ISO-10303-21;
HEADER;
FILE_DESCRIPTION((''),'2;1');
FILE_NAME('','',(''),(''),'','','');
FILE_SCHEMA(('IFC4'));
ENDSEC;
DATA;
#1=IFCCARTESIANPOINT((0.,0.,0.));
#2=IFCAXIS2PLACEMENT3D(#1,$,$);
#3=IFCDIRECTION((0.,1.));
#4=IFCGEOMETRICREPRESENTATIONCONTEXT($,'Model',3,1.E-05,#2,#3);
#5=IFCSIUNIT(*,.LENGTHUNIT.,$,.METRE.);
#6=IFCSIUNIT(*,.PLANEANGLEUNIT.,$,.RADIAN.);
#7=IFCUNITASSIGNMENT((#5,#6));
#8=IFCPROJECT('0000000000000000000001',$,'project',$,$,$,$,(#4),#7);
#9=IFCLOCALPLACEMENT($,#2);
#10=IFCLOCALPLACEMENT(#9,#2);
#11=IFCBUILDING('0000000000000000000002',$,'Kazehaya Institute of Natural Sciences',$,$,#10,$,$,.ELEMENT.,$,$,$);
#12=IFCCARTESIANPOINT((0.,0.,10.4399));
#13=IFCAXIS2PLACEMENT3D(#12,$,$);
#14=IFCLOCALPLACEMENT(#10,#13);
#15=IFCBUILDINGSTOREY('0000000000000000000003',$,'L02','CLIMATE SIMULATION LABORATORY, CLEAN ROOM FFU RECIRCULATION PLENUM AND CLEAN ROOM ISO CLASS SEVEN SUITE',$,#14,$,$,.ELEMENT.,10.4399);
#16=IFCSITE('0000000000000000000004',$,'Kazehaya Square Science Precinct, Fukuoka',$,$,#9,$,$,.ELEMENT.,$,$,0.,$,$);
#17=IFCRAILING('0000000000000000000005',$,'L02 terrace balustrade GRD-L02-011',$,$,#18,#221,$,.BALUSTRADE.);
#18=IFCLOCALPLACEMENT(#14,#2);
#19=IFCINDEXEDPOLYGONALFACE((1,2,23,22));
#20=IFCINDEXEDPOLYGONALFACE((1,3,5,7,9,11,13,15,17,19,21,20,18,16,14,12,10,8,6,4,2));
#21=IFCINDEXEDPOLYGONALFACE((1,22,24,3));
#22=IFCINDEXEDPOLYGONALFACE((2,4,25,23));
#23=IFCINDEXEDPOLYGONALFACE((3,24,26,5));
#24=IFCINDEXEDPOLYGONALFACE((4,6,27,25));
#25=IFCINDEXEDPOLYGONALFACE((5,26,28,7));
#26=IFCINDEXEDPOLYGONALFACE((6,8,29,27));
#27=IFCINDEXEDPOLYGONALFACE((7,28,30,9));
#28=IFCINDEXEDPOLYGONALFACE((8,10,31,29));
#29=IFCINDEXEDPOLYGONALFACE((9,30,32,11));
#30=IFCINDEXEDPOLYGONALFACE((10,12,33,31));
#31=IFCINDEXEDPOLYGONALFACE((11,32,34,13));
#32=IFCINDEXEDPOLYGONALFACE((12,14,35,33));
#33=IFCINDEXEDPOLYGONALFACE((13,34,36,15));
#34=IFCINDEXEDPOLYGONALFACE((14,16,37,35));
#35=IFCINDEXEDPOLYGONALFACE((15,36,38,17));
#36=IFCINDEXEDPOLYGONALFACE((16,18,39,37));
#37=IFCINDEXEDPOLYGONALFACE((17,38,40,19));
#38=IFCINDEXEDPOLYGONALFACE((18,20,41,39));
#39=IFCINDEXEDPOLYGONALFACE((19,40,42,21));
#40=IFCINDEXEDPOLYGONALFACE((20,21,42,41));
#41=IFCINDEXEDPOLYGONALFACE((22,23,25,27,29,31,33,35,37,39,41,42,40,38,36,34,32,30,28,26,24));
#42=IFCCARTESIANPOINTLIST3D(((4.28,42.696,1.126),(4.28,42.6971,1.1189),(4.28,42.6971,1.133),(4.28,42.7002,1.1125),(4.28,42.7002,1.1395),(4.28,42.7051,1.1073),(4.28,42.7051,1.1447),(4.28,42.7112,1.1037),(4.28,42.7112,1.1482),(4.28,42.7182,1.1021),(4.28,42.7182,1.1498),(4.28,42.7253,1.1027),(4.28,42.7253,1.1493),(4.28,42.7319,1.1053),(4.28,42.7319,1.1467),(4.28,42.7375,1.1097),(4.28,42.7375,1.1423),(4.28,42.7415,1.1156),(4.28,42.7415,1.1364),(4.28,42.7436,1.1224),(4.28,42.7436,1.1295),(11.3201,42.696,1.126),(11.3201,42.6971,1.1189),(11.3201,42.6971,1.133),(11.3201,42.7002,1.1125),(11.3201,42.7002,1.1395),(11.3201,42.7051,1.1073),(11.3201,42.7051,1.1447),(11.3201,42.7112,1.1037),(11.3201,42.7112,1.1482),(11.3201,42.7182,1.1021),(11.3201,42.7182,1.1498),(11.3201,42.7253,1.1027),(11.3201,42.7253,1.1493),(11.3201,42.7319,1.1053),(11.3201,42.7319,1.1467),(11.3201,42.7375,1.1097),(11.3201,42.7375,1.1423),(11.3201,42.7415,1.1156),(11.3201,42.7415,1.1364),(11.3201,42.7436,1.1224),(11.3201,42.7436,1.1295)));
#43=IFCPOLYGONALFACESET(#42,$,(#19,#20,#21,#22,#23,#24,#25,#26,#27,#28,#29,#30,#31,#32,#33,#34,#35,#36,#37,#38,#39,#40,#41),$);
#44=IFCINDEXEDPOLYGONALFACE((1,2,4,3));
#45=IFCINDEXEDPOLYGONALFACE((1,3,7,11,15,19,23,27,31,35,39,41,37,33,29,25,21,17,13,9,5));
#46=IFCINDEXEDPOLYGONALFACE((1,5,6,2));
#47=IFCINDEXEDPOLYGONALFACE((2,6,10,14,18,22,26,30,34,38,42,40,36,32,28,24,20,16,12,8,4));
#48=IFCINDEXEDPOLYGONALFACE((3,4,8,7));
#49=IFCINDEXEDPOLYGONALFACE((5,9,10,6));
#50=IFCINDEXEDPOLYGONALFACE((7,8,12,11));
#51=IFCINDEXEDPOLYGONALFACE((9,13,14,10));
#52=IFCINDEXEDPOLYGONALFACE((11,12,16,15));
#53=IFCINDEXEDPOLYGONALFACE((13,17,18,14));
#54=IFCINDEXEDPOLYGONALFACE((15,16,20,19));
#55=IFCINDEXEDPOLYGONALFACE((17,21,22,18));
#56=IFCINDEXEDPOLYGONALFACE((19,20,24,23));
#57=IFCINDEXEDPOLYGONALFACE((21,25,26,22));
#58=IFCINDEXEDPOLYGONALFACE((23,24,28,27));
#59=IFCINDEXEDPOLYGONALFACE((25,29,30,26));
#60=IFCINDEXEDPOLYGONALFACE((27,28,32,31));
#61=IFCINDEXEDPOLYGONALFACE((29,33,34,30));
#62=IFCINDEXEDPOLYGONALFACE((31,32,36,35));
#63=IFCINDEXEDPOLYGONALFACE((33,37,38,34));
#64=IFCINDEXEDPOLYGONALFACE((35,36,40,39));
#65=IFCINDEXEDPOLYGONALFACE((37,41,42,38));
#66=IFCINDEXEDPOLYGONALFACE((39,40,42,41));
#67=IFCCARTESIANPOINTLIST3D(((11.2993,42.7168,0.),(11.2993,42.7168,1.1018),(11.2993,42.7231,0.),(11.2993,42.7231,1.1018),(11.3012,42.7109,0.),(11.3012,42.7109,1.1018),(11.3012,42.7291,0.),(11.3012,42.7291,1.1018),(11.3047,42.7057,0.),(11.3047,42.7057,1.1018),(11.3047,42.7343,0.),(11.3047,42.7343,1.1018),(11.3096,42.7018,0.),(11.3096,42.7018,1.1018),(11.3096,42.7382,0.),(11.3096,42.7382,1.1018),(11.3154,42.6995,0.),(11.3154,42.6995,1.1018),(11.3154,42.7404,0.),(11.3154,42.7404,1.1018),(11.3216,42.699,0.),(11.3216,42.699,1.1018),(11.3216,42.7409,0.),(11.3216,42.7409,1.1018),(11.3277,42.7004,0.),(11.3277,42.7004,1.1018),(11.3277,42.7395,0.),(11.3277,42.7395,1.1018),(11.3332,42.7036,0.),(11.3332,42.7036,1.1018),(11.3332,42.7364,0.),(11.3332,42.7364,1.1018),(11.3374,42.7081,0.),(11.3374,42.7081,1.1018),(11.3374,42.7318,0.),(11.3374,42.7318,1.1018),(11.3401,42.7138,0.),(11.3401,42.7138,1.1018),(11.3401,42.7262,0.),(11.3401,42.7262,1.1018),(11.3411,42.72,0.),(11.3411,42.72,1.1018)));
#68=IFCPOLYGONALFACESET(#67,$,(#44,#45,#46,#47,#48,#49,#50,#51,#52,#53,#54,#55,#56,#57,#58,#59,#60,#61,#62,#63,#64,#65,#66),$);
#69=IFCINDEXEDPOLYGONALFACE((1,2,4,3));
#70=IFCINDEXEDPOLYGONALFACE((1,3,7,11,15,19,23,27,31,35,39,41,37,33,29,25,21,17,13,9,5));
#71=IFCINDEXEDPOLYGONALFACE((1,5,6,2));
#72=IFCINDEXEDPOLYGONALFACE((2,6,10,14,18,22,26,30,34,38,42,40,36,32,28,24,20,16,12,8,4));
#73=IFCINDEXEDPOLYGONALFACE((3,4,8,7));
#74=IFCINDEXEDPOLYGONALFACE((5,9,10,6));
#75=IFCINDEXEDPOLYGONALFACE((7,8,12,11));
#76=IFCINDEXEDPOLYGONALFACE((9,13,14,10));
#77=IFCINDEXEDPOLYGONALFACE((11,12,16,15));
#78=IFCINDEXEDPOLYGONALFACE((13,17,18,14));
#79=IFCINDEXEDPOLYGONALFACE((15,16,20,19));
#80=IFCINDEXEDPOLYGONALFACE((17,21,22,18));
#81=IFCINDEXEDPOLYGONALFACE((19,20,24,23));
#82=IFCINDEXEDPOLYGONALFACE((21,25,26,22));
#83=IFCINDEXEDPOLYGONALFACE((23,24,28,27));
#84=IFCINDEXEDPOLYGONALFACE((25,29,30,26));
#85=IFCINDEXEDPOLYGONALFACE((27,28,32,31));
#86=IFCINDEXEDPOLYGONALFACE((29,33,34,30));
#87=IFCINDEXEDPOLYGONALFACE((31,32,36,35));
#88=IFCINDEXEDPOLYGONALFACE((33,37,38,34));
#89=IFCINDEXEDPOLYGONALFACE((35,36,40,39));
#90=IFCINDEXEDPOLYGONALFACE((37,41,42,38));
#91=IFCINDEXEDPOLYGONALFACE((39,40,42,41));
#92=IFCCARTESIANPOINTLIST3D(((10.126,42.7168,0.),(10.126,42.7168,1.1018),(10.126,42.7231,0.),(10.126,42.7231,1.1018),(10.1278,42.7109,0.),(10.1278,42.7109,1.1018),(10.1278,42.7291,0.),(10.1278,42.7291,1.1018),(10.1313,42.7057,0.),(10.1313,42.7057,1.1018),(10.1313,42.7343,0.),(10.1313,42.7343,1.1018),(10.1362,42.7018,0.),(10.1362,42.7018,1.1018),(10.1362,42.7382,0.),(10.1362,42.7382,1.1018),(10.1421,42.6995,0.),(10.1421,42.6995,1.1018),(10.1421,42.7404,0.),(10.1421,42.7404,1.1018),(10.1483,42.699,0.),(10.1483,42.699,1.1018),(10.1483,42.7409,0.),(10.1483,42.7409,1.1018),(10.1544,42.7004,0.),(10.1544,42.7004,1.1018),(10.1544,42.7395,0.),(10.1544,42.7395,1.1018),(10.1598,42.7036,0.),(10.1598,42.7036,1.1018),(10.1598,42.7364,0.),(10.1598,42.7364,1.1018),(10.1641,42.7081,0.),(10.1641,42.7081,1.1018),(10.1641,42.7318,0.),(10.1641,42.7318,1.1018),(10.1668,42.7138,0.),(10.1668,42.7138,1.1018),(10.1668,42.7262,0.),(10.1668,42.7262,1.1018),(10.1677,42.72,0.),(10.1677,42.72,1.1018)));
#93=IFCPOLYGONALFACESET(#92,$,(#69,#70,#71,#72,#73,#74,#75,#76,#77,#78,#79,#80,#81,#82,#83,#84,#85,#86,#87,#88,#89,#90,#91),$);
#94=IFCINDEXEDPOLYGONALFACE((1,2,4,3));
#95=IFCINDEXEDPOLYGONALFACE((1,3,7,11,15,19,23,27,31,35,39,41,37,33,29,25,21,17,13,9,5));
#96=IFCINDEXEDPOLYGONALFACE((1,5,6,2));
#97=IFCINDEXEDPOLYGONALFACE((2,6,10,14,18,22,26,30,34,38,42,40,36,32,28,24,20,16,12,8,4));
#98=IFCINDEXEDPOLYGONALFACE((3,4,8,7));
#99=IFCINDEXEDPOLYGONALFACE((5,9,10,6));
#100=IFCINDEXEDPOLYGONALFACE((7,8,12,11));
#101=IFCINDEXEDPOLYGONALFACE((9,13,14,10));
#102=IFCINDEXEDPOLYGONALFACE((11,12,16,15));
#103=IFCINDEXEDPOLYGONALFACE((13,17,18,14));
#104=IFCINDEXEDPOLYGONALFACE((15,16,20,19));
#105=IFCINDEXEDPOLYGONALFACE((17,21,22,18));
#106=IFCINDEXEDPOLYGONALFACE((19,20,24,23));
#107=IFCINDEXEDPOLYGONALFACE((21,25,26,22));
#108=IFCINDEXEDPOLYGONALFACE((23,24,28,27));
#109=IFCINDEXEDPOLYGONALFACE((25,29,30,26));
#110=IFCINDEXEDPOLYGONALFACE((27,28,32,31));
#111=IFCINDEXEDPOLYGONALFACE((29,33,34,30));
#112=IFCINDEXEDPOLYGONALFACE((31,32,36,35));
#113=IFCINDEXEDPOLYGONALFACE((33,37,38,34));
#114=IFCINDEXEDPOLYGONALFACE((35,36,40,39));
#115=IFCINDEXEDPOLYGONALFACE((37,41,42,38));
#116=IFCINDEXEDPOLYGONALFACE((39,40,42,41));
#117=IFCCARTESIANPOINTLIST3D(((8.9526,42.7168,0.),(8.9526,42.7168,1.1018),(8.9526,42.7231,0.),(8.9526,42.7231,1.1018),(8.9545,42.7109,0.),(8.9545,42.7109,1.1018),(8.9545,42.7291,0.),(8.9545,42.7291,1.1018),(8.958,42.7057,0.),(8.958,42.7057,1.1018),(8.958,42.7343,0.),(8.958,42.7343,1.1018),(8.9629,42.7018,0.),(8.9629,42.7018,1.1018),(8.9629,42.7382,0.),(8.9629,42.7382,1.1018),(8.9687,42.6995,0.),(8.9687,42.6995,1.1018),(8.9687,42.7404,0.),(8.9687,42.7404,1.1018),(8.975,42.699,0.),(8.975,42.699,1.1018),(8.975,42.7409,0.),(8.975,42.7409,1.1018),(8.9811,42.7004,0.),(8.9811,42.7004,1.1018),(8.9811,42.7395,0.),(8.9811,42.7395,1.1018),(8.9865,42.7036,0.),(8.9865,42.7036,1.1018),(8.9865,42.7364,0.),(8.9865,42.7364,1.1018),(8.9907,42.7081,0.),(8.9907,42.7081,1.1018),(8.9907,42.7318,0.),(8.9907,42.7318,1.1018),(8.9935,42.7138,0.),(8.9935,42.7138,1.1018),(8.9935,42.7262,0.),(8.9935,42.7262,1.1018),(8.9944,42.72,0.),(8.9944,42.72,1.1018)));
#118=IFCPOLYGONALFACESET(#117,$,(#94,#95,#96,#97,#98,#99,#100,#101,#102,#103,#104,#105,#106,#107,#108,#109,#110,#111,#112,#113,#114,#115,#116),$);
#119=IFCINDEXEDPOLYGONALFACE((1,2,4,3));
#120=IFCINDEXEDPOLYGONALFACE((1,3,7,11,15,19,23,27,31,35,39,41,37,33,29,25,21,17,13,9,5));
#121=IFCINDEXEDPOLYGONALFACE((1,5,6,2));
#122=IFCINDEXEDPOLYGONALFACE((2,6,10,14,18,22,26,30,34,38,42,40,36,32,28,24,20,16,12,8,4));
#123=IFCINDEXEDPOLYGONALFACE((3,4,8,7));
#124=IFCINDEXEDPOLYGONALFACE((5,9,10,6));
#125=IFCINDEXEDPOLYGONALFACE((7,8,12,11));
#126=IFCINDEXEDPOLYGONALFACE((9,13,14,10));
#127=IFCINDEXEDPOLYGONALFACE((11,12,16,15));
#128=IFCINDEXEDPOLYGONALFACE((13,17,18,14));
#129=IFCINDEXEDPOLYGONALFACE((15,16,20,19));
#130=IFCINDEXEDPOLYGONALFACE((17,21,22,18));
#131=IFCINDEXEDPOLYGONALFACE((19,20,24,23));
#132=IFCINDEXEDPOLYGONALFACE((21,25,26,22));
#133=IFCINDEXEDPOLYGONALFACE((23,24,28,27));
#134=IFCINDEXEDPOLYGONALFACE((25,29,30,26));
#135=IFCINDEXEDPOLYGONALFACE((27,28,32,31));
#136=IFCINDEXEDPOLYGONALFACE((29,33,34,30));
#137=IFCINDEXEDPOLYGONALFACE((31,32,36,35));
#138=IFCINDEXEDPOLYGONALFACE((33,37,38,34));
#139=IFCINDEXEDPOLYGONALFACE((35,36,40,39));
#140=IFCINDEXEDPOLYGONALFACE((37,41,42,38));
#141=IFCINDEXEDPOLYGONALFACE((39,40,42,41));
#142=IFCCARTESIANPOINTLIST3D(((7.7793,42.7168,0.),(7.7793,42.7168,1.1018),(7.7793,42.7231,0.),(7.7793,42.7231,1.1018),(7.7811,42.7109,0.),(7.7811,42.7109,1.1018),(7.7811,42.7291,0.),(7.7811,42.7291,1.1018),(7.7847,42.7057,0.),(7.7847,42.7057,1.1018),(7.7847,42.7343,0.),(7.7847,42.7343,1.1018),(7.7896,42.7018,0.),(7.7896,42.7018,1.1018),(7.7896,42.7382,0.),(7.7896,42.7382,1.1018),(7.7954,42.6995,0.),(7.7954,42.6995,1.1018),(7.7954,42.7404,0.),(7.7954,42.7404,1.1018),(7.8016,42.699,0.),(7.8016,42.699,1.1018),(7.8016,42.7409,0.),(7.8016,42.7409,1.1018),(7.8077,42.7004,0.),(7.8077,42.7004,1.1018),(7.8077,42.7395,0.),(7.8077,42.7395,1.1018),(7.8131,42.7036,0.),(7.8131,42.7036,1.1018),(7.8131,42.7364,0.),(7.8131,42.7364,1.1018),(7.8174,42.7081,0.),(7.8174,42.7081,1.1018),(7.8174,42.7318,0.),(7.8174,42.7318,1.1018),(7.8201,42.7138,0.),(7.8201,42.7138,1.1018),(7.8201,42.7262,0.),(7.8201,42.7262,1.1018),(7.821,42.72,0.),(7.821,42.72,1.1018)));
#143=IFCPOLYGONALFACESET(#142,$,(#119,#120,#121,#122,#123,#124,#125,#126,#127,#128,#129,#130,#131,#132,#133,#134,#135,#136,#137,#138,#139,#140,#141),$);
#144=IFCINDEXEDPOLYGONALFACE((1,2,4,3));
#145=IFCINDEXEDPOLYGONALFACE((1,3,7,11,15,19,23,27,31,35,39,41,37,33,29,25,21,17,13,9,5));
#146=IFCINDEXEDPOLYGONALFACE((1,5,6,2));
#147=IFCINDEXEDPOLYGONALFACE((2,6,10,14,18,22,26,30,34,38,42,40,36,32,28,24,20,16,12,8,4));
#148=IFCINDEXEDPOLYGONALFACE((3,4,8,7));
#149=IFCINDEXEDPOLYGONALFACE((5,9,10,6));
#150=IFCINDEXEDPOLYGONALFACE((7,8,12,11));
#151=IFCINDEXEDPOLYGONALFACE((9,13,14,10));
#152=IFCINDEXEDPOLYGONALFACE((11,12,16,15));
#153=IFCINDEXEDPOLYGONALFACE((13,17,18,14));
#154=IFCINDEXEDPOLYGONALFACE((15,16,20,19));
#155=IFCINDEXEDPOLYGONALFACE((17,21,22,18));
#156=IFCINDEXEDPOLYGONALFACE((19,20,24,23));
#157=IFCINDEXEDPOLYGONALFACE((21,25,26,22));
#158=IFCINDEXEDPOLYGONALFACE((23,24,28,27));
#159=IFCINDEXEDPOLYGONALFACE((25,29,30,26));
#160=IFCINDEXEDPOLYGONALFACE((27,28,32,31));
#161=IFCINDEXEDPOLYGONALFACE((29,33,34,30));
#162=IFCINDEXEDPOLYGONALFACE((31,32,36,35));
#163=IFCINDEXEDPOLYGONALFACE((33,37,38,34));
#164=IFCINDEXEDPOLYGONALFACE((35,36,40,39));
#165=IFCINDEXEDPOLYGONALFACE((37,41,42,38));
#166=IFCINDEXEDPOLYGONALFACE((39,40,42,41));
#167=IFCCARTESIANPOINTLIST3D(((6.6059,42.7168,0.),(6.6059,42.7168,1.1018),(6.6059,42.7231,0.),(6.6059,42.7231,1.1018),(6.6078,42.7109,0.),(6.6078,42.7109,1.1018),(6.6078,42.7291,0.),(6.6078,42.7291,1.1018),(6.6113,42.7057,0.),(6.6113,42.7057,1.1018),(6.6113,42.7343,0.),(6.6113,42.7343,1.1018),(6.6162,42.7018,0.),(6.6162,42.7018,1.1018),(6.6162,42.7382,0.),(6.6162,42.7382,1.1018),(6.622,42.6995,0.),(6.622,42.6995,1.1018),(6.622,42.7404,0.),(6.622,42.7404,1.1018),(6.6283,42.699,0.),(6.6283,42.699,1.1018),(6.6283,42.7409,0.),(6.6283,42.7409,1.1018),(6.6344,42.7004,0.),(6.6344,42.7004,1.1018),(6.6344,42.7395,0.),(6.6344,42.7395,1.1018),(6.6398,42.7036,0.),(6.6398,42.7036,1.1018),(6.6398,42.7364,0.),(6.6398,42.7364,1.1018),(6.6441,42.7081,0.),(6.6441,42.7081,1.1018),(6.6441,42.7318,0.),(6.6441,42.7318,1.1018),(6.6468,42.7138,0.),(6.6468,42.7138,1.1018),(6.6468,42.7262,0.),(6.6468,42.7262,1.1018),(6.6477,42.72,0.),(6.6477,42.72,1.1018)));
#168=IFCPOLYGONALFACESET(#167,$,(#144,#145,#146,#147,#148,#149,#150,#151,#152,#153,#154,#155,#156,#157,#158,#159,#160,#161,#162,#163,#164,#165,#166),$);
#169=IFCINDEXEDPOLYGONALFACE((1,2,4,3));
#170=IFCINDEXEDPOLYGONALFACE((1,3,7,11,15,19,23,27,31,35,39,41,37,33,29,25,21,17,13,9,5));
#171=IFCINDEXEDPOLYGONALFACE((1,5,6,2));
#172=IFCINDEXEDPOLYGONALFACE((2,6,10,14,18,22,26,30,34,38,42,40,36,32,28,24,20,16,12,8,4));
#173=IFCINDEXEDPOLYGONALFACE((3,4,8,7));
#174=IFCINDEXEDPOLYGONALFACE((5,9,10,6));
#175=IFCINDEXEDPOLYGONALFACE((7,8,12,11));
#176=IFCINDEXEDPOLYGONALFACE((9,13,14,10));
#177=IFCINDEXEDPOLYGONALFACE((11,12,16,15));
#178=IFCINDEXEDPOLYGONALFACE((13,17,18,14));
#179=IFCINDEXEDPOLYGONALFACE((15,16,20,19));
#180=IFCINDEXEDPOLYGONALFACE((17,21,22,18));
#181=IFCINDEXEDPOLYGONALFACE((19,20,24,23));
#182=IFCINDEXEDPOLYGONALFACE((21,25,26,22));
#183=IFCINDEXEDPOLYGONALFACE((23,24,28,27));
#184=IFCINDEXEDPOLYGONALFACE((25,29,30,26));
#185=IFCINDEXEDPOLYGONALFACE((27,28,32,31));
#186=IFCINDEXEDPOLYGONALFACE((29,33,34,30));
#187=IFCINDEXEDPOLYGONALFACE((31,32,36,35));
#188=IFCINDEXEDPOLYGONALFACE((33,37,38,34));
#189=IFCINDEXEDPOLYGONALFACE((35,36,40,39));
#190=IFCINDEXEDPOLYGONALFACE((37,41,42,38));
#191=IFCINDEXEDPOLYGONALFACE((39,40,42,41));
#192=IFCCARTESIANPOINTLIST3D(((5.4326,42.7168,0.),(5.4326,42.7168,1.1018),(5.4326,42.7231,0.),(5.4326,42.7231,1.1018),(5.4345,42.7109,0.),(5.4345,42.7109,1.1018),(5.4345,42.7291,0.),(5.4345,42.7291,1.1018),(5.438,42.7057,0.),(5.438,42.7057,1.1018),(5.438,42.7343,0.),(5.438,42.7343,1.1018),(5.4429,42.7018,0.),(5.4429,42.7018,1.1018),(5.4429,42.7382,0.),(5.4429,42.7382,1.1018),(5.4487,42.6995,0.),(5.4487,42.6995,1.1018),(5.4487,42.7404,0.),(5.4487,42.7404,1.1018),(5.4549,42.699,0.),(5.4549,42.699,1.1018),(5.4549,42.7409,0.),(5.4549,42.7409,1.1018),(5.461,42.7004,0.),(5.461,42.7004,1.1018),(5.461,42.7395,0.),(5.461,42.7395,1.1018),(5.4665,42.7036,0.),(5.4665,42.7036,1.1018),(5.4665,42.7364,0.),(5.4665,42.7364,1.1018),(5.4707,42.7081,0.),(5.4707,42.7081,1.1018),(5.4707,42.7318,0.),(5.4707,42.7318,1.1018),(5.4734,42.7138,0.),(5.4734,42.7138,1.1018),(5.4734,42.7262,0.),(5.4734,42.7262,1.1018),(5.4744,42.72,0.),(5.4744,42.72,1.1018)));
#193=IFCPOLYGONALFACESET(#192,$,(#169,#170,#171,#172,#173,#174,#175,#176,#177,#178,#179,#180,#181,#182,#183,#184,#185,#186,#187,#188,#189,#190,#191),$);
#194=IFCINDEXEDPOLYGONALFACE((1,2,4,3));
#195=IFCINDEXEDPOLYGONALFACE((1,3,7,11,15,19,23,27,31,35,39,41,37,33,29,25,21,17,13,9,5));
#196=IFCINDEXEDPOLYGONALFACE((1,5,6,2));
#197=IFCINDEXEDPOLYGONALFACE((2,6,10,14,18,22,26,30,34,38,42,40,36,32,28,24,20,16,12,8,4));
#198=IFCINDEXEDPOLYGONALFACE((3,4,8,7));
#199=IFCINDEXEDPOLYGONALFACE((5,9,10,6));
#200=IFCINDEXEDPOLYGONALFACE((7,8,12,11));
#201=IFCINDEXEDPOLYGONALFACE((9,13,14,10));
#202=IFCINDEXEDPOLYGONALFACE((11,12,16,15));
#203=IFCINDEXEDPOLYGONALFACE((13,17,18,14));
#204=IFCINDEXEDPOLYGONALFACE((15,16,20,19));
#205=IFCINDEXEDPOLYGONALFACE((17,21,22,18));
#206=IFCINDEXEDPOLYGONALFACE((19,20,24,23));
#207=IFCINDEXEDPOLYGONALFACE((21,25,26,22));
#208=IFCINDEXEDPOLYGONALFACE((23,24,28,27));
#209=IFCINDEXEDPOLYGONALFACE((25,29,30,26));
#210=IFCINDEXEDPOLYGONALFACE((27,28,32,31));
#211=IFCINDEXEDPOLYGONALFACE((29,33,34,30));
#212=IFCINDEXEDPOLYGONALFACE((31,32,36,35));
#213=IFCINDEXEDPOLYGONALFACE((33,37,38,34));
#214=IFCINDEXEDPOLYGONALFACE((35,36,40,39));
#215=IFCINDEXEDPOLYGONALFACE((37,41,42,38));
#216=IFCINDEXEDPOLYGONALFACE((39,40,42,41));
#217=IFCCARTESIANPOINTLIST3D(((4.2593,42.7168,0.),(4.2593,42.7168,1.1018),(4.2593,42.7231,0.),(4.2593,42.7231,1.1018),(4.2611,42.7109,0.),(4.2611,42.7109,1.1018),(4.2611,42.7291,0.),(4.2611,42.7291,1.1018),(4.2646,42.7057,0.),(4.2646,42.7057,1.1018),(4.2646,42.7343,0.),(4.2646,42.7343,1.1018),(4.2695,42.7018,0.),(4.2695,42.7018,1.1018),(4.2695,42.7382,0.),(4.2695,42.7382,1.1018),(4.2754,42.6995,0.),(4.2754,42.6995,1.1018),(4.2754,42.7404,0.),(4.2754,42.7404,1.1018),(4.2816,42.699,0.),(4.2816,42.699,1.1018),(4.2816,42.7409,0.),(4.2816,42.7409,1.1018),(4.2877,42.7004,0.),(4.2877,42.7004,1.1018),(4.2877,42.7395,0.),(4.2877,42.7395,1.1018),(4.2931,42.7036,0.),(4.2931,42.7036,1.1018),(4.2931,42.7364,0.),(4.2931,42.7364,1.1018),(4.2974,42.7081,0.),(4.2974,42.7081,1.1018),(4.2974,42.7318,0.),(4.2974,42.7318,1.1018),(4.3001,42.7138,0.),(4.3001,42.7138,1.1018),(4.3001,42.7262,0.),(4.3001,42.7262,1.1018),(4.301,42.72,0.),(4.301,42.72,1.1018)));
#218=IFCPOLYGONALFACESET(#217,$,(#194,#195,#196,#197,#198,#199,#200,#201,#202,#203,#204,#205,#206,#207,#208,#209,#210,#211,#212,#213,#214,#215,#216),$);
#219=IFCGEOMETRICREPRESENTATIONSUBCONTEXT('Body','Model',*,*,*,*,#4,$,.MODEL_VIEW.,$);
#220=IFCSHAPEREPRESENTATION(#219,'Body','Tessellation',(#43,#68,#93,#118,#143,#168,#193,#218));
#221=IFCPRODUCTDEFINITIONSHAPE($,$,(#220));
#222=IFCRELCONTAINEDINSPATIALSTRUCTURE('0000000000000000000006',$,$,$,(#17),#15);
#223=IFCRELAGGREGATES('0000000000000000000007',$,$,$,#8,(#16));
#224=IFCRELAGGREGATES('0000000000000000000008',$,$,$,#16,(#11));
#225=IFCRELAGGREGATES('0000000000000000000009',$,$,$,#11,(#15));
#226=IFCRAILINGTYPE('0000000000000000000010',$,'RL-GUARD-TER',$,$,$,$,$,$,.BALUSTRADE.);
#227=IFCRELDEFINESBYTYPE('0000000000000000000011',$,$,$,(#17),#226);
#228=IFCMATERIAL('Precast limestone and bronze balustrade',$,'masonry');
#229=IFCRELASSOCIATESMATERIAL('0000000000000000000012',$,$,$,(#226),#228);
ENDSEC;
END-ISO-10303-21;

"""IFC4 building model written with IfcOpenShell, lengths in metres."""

from ifc_helpers import new_model, si_unit, direction, frame, origin, origin_2d, place, context, subcontext, project, spatial, circle, extrude, material, type_object, element, save


model = new_model("IFC4")

# Units and contexts
model_context = context("Model", 3, precision=1e-05, world=origin(), true_north=direction((0.0, 1.0)))
body_context = subcontext(model_context, "Body", "Model", "MODEL_VIEW")
ifc_project = project(units=[si_unit("LENGTHUNIT", "METRE"), si_unit("PLANEANGLEUNIT", "RADIAN")], contexts=[model_context])

# Site, building, storey
site_placement = place(None, origin())
site = spatial("IfcSite", under=ifc_project, at=site_placement, Name="Kazehaya Square Science Precinct, Fukuoka", CompositionType="ELEMENT", RefElevation=0.0)
building_placement = place(site_placement, origin())
building = spatial("IfcBuilding", under=site, at=building_placement, Name="Kazehaya Institute of Natural Sciences", CompositionType="ELEMENT")
storey_placement = place(building_placement, frame((0.0, 0.0, 10.4399)))
storey = spatial("IfcBuildingStorey", under=building, at=storey_placement, Name="L02", Description="CLIMATE SIMULATION LABORATORY, CLEAN ROOM FFU RECIRCULATION PLENUM AND CLEAN ROOM ISO CLASS SEVEN SUITE", CompositionType="ELEMENT", Elevation=10.4399)

# Railing
ifc_material_1 = material(Name="Precast limestone and bronze balustrade", Category="masonry")
railing_type = type_object("IfcRailingType", Name="RL-GUARD-TER", PredefinedType="BALUSTRADE", material=ifc_material_1)
railing_1_placement = place(storey_placement, frame((11.3201, 42.72, 0.0)))
element("IfcRailing", 1, at=railing_1_placement, inside=storey, type_object=railing_type, Name="L02 terrace balustrade GRD-L02-011", PredefinedType="BALUSTRADE", context=body_context, shape_type="SweptSolid", body=[
    extrude(circle(Radius=0.0239, at=origin_2d()), frame((0.0, 0.0, 1.126), z_axis=(-1.0, 0.0, 0.0), x_axis=(0.0, -1.0, 0.0)), (0.0, 0.0, 1.0), 7.04),
    extrude(circle(Radius=0.021, at=origin_2d()), origin(), (0.0, 0.0, 1.0), 1.1018),
    extrude(circle(Radius=0.021, at=origin_2d()), frame((-1.1733, 0.0, 0.0)), (0.0, 0.0, 1.0), 1.1018),
    extrude(circle(Radius=0.021, at=origin_2d()), frame((-2.3467, 0.0, 0.0)), (0.0, 0.0, 1.0), 1.1018),
    extrude(circle(Radius=0.021, at=origin_2d()), frame((-3.52, 0.0, 0.0)), (0.0, 0.0, 1.0), 1.1018),
    extrude(circle(Radius=0.021, at=origin_2d()), frame((-4.6934, 0.0, 0.0)), (0.0, 0.0, 1.0), 1.1018),
    extrude(circle(Radius=0.021, at=origin_2d()), frame((-5.8667, 0.0, 0.0)), (0.0, 0.0, 1.0), 1.1018),
    extrude(circle(Radius=0.021, at=origin_2d()), frame((-7.04, 0.0, 0.0)), (0.0, 0.0, 1.0), 1.1018),
])

save(model, "model.ifc")
